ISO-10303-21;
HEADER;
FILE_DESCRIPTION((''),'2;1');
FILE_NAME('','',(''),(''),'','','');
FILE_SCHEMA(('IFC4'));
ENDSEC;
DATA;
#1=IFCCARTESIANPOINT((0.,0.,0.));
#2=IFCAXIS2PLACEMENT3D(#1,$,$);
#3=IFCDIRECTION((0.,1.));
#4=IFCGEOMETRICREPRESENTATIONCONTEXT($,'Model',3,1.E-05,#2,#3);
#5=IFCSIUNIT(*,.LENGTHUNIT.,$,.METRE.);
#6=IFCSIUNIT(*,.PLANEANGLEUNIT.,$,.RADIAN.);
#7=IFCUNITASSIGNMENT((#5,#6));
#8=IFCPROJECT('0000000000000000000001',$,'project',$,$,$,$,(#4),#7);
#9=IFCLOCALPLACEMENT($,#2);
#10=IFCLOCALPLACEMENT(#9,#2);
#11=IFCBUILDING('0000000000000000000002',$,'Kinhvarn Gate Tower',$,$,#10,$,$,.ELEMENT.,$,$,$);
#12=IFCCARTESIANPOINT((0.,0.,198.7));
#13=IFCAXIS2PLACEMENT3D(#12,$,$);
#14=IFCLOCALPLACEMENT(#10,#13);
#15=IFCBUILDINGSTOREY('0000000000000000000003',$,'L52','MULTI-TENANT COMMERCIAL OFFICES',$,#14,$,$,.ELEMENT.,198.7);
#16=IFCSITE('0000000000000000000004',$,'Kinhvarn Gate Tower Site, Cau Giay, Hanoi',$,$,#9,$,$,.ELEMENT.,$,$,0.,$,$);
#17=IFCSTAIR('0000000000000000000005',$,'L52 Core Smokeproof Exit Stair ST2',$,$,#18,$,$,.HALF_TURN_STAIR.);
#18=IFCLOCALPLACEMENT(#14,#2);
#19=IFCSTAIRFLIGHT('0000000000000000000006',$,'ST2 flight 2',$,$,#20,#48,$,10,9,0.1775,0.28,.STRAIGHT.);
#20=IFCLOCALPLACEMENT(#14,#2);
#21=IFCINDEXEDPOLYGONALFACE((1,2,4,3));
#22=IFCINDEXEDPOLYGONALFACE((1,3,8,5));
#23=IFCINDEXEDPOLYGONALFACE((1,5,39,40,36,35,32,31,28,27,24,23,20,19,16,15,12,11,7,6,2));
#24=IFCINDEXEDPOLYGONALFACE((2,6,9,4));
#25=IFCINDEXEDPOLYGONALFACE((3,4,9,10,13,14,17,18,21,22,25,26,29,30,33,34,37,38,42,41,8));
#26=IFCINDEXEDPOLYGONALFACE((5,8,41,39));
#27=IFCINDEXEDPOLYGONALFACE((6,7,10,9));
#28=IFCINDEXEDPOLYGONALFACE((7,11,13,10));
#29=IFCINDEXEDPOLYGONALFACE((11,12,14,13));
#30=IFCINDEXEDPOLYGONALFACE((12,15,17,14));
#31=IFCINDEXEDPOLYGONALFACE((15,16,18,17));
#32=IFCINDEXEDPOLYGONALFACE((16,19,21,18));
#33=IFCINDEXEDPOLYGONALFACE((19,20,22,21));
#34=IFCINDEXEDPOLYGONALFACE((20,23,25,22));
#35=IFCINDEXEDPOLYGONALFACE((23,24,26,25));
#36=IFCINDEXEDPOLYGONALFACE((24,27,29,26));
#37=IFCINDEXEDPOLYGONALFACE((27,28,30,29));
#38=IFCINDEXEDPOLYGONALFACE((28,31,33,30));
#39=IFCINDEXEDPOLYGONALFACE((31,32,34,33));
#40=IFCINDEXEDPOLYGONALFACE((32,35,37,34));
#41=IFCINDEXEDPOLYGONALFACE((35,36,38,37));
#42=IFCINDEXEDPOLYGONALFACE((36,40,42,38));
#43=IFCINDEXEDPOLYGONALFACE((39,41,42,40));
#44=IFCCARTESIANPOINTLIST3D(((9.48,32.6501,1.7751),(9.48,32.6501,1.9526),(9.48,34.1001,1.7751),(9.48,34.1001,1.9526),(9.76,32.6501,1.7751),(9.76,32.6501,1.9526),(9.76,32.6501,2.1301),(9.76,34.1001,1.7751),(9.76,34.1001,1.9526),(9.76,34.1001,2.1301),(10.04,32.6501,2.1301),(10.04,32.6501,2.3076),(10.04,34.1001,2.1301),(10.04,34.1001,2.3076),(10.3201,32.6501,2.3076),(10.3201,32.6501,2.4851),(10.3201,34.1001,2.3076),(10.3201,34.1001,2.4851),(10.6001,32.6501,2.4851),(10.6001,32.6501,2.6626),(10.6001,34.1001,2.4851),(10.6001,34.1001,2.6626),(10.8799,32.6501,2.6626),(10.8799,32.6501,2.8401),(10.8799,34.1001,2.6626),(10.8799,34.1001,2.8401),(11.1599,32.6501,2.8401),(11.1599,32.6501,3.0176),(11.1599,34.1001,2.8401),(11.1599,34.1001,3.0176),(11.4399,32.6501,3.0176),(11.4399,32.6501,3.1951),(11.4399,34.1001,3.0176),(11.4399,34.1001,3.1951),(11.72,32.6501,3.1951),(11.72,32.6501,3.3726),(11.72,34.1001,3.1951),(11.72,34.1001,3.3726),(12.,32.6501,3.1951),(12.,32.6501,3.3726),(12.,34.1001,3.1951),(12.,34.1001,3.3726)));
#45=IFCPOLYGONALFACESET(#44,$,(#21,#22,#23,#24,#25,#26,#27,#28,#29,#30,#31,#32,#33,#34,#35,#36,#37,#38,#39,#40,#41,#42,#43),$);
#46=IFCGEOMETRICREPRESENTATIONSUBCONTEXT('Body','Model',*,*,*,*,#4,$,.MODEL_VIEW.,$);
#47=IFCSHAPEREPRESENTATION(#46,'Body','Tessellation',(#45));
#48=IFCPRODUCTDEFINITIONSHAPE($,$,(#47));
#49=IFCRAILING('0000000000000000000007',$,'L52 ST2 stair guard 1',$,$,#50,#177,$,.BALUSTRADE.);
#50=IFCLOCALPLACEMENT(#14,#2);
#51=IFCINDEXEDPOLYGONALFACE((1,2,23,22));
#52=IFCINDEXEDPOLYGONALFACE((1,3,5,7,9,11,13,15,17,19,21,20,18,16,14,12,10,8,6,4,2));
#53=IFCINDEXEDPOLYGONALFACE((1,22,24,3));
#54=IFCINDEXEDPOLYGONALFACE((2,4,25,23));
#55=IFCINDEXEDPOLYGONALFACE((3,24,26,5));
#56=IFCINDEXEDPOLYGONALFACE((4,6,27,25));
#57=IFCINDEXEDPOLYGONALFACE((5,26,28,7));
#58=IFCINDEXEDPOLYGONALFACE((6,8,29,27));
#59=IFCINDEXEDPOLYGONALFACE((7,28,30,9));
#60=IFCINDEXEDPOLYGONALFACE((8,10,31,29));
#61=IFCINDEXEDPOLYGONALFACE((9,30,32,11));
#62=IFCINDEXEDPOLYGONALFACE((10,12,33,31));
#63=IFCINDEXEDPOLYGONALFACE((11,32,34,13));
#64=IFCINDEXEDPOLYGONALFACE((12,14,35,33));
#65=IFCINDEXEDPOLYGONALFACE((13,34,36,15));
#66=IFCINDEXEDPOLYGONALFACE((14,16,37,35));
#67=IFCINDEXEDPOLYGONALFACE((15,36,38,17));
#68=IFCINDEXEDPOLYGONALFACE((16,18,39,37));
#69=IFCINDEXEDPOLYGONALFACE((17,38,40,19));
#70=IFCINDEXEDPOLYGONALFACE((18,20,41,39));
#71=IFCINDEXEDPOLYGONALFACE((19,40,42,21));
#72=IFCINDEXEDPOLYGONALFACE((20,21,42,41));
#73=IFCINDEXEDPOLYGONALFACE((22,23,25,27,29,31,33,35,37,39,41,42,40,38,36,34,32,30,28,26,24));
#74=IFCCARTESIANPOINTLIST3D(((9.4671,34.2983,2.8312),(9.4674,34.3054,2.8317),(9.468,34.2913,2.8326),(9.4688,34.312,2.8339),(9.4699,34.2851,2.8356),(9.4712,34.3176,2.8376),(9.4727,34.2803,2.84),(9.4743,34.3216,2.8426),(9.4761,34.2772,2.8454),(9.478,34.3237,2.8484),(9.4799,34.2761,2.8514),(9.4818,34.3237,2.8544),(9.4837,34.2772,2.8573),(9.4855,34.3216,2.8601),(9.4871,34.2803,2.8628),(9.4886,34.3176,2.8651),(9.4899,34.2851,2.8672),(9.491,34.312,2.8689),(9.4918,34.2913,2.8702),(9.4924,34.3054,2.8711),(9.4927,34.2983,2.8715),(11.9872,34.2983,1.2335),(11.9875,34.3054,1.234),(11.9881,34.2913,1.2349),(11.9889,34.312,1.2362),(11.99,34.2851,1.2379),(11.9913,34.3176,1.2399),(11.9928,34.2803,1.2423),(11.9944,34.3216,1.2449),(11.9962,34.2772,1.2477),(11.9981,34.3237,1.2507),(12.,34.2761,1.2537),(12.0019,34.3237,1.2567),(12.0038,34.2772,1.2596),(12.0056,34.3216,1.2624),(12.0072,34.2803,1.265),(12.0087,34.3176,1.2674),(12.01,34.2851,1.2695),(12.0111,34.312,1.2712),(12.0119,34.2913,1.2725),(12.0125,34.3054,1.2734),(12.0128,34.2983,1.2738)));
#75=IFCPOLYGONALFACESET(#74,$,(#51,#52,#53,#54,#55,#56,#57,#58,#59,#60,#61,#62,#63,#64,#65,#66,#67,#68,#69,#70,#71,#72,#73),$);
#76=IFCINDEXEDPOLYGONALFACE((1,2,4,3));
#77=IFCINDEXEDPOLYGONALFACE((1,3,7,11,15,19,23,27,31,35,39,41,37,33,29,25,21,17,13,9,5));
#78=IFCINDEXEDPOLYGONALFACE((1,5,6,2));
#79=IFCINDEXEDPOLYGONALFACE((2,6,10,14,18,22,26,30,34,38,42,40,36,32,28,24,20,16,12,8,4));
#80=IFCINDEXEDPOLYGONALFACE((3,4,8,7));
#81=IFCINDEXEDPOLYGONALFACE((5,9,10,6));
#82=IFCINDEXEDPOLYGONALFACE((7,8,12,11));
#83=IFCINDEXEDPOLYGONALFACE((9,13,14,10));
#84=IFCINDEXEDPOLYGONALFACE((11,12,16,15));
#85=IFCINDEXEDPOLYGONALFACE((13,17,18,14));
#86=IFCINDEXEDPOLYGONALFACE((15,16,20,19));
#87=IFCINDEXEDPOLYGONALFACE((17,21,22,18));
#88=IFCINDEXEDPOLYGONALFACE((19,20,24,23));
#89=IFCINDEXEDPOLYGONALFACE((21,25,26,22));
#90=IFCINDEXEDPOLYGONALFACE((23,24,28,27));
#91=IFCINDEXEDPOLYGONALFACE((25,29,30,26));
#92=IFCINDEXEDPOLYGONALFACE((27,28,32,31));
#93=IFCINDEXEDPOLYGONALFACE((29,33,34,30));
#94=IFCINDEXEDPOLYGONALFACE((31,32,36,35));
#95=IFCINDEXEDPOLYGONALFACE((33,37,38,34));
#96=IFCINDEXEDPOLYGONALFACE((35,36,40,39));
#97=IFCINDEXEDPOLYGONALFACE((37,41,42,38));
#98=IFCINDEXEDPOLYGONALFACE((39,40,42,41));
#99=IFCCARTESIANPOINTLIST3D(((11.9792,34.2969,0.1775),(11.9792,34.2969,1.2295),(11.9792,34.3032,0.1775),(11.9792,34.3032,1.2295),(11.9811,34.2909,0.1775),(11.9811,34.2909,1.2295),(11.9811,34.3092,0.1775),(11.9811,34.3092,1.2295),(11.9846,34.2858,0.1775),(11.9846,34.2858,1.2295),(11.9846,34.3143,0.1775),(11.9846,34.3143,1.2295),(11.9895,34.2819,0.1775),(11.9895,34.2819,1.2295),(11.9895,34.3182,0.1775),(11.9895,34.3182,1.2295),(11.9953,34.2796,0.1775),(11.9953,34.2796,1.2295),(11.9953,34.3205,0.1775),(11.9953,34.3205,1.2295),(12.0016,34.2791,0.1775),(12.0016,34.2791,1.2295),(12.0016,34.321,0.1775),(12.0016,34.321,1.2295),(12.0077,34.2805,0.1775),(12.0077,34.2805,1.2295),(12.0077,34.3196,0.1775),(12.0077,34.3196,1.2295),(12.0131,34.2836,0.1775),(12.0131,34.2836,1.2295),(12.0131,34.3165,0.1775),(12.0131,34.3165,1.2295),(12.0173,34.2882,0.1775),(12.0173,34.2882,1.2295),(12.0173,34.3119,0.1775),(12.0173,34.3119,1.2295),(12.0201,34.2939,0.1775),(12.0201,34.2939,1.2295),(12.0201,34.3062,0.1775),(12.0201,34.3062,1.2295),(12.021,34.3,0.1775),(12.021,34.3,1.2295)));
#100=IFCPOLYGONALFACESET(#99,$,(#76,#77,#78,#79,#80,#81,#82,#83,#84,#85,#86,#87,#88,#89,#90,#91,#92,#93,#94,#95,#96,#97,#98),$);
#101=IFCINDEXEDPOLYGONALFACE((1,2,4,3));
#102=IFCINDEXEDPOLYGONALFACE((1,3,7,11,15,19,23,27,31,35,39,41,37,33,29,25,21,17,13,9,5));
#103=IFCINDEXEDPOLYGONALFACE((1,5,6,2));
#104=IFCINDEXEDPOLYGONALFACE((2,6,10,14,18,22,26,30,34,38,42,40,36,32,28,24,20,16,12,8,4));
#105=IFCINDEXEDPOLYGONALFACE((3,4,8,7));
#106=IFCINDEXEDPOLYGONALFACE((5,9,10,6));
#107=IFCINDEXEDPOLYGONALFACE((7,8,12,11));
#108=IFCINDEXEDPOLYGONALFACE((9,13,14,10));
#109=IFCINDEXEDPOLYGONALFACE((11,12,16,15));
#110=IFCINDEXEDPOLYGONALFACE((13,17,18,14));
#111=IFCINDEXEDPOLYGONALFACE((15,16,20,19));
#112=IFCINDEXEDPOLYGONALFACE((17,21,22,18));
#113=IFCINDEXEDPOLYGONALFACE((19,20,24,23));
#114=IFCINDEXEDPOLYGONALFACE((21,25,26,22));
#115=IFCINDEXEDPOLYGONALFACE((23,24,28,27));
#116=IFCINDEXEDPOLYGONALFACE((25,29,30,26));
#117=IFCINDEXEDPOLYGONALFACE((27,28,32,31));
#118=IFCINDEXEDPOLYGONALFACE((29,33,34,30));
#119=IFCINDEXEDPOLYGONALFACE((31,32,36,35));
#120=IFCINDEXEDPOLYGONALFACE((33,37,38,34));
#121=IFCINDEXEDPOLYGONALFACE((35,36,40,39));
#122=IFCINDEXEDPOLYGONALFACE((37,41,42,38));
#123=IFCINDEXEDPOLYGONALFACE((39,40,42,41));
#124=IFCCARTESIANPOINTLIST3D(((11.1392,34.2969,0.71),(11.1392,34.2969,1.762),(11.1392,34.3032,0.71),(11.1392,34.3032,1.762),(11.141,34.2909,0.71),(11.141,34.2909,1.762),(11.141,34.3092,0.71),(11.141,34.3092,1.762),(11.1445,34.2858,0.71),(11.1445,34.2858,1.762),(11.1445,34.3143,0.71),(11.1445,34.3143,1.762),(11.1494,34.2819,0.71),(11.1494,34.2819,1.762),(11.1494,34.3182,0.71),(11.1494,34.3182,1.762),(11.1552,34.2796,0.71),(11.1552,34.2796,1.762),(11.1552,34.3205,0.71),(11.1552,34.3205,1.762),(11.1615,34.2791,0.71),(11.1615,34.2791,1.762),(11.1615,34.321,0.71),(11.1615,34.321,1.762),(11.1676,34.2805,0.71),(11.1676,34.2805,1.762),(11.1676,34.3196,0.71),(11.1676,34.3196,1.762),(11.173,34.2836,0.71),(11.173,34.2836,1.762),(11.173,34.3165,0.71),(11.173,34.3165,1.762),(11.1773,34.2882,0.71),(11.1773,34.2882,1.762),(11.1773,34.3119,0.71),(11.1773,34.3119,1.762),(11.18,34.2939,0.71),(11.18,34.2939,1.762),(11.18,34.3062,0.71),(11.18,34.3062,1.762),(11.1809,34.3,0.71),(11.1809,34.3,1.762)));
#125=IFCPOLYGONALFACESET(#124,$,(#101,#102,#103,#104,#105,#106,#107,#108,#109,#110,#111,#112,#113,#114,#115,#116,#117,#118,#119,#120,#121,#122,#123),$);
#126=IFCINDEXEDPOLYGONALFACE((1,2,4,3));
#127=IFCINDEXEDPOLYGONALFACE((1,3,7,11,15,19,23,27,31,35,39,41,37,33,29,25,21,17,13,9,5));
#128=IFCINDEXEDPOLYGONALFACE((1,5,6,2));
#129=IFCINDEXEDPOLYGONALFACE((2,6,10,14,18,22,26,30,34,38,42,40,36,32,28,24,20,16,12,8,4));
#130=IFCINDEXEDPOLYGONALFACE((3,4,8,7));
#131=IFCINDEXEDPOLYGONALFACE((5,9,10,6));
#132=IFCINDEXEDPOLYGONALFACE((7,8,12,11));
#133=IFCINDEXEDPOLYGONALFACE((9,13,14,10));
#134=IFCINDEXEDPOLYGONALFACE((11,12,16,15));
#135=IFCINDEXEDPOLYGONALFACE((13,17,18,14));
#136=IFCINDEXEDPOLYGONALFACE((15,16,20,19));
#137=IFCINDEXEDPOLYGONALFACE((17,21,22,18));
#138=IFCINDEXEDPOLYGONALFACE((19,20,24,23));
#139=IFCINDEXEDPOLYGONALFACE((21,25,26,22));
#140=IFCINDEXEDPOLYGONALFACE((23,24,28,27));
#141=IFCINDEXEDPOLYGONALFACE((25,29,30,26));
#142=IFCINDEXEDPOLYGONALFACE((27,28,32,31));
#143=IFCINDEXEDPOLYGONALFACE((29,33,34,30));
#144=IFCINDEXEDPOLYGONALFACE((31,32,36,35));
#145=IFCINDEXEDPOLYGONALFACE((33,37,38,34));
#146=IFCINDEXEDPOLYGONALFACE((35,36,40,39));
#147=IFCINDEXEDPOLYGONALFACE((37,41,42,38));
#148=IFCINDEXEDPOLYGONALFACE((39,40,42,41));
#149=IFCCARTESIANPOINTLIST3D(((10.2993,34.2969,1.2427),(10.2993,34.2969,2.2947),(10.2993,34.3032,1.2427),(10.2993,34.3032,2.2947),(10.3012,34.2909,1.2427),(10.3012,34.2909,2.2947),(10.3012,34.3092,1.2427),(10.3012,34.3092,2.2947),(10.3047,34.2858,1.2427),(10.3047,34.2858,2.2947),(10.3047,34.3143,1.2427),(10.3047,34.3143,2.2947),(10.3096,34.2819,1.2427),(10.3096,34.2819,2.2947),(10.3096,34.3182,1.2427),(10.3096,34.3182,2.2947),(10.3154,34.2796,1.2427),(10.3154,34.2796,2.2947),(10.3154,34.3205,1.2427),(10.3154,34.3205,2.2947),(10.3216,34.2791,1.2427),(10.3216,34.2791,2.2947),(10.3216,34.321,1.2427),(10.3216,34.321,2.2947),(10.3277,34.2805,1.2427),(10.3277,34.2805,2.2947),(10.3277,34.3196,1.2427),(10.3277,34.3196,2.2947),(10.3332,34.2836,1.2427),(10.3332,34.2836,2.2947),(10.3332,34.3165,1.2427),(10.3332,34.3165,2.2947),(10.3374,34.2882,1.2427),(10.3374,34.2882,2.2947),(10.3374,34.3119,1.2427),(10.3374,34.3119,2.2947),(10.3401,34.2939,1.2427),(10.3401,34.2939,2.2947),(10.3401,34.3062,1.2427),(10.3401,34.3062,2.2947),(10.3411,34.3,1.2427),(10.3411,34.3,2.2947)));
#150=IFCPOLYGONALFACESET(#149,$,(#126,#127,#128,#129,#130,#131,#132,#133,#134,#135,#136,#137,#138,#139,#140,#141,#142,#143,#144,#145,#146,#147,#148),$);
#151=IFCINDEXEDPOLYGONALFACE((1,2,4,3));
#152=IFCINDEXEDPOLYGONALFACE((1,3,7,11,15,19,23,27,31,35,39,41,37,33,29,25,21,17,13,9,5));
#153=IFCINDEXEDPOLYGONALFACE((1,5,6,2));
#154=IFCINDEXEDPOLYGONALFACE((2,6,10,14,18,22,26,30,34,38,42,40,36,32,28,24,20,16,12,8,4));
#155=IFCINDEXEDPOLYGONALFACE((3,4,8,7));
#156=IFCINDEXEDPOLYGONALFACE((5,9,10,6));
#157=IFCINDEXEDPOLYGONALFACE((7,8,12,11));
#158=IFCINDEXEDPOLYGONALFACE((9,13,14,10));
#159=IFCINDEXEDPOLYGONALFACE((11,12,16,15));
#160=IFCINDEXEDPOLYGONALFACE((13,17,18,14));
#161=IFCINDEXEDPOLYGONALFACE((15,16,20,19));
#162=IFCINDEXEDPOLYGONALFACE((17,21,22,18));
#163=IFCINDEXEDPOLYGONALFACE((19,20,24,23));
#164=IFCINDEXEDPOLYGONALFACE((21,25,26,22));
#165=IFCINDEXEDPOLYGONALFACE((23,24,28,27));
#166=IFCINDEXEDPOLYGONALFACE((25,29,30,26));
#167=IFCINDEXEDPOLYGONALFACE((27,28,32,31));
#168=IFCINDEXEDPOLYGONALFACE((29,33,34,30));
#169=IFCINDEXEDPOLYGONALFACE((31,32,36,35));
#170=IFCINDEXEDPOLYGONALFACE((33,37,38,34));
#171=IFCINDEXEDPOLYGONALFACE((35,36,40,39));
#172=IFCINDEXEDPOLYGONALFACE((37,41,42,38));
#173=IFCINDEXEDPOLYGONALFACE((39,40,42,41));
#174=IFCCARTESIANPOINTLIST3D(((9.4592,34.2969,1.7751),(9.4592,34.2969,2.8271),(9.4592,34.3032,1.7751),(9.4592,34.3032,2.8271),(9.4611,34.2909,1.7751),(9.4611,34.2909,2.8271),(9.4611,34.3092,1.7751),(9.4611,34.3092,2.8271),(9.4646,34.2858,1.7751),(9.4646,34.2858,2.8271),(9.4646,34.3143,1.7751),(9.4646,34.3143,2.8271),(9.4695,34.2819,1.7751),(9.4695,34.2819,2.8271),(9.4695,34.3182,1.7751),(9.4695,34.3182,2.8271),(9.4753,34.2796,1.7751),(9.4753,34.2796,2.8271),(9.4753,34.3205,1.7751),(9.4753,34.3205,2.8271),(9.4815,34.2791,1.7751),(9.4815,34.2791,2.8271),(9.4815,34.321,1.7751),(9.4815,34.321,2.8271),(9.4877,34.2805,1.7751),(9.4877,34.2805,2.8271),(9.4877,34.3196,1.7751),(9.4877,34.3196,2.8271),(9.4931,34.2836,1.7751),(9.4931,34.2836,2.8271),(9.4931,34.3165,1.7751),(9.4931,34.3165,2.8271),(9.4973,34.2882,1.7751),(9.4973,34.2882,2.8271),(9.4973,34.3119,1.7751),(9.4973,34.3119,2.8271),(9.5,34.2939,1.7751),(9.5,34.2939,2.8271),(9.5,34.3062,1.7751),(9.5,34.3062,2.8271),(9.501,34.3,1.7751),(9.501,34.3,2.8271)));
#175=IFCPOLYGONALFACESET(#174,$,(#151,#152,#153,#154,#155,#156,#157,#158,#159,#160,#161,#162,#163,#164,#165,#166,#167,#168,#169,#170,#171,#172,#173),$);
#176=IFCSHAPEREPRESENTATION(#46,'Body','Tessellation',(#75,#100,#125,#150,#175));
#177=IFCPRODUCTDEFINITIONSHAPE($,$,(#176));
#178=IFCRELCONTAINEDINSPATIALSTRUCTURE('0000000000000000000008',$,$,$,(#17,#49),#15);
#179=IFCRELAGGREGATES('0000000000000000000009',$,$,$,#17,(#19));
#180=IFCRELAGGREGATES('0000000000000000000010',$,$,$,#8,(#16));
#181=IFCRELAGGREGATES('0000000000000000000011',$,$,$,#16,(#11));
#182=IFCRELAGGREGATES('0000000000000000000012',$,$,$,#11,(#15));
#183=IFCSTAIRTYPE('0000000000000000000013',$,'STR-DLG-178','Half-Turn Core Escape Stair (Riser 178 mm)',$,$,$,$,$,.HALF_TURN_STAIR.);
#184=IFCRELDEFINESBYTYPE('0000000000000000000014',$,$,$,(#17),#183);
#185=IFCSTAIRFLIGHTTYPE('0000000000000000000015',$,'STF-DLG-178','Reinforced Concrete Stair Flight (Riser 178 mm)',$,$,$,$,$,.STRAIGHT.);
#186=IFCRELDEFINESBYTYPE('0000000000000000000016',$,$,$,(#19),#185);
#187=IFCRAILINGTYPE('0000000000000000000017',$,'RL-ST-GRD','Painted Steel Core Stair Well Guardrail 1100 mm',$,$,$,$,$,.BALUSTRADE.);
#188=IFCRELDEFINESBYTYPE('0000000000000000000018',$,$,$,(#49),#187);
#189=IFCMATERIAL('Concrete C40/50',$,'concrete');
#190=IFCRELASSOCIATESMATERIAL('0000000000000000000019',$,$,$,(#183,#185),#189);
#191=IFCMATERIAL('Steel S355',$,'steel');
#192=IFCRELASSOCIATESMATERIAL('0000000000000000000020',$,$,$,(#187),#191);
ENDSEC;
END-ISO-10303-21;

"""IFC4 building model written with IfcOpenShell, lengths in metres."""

from ifc_helpers import new_model, si_unit, direction, frame, origin, origin_2d, place, context, subcontext, project, spatial, polyline, circle, outline, extrude, material, type_object, element, aggregate, save


model = new_model("IFC4")

# Units and contexts
model_context = context("Model", 3, precision=1e-05, world=origin(), true_north=direction((0.0, 1.0)))
body_context = subcontext(model_context, "Body", "Model", "MODEL_VIEW")
ifc_project = project(units=[si_unit("LENGTHUNIT", "METRE"), si_unit("PLANEANGLEUNIT", "RADIAN")], contexts=[model_context])

# Site, building, storey
site_placement = place(None, origin())
site = spatial("IfcSite", under=ifc_project, at=site_placement, Name="Kinhvarn Gate Tower Site, Cau Giay, Hanoi", CompositionType="ELEMENT", RefElevation=0.0)
building_placement = place(site_placement, origin())
building = spatial("IfcBuilding", under=site, at=building_placement, Name="Kinhvarn Gate Tower", CompositionType="ELEMENT")
storey_placement = place(building_placement, frame((0.0, 0.0, 198.7)))
storey = spatial("IfcBuildingStorey", under=building, at=storey_placement, Name="L52", Description="MULTI-TENANT COMMERCIAL OFFICES", CompositionType="ELEMENT", Elevation=198.7)

# Shared definitions
ifc_material_1 = material(Name="Concrete C40/50", Category="concrete")

# Stair, stair flight
stair_type = type_object("IfcStairType", Name="STR-DLG-178", Description="Half-Turn Core Escape Stair (Riser 178 mm)", PredefinedType="HALF_TURN_STAIR", material=ifc_material_1)
stair_placement = place(storey_placement, origin())
stair = element("IfcStair", 1, at=stair_placement, inside=storey, type_object=stair_type, Name="L52 Core Smokeproof Exit Stair ST2", PredefinedType="HALF_TURN_STAIR")
stair_flight_type = type_object("IfcStairFlightType", Name="STF-DLG-178", Description="Reinforced Concrete Stair Flight (Riser 178 mm)", PredefinedType="STRAIGHT", material=ifc_material_1)
stair_flight_placement = place(storey_placement, frame((9.48, 33.375, 1.7751), z_axis=(0.0, 0.0, 1.0), x_axis=(1.0, 0.0, 0.0)))
stair_flight = element("IfcStairFlight", 2, at=stair_flight_placement, type_object=stair_flight_type, Name="ST2 flight 2", NumberOfRisers=10, NumberOfTreads=9, PredefinedType="STRAIGHT", RiserHeight=0.1775, TreadLength=0.28, context=body_context, shape_type="SweptSolid", body=[
    extrude(outline(polyline([(0.0, 0.0), (0.0, 0.1775), (0.28, 0.1775), (0.28, 0.355), (0.5601, 0.355), (0.5601, 0.5325), (0.8401, 0.5325), (0.8401, 0.71), (1.1201, 0.71), (1.1201, 0.8875), (1.3999, 0.8875), (1.3999, 1.0649), (1.6799, 1.0649), (1.6799, 1.2424), (1.96, 1.2424), (1.96, 1.4199), (2.24, 1.4199), (2.24, 1.5974), (2.52, 1.5974), (2.52, 1.7749), (2.52, 1.4199), (0.28, 0.0), (0.0, 0.0)])), frame((0.0, 0.7251, 0.0), z_axis=(0.0, -1.0, 0.0), x_axis=(1.0, 0.0, 0.0)), (0.0, 0.0, 1.0), 1.45),
])
aggregate(stair, [stair_flight])

# Railing
ifc_material_2 = material(Name="Steel S355", Category="steel")
railing_type_1 = type_object("IfcRailingType", Name="RL-ST-GRD", Description="Painted Steel Core Stair Well Guardrail 1100 mm", PredefinedType="BALUSTRADE", material=ifc_material_2)
railing_1_placement = place(storey_placement, frame((12.0, 34.3, 0.1775)))
element("IfcRailing", 3, at=railing_1_placement, inside=storey, type_object=railing_type_1, Name="L52 ST2 stair guard 1", PredefinedType="BALUSTRADE", context=body_context, shape_type="SweptSolid", body=[
    extrude(circle(Radius=0.0239, at=origin_2d()), frame((0.0, 0.0, 1.0762), z_axis=(-0.84457, 0.0, 0.535445), x_axis=(0.0, -1.0, 0.0)), (0.0, 0.0, 1.0), 2.9839),
    extrude(circle(Radius=0.021, at=origin_2d()), origin(), (0.0, 0.0, 1.0), 1.052),
    extrude(circle(Radius=0.021, at=origin_2d()), frame((-0.8401, 0.0, 0.5325)), (0.0, 0.0, 1.0), 1.052),
    extrude(circle(Radius=0.021, at=origin_2d()), frame((-1.6799, 0.0, 1.0652)), (0.0, 0.0, 1.0), 1.052),
    extrude(circle(Radius=0.021, at=origin_2d()), frame((-2.52, 0.0, 1.5977)), (0.0, 0.0, 1.0), 1.052),
])

save(model, "model.ifc")
